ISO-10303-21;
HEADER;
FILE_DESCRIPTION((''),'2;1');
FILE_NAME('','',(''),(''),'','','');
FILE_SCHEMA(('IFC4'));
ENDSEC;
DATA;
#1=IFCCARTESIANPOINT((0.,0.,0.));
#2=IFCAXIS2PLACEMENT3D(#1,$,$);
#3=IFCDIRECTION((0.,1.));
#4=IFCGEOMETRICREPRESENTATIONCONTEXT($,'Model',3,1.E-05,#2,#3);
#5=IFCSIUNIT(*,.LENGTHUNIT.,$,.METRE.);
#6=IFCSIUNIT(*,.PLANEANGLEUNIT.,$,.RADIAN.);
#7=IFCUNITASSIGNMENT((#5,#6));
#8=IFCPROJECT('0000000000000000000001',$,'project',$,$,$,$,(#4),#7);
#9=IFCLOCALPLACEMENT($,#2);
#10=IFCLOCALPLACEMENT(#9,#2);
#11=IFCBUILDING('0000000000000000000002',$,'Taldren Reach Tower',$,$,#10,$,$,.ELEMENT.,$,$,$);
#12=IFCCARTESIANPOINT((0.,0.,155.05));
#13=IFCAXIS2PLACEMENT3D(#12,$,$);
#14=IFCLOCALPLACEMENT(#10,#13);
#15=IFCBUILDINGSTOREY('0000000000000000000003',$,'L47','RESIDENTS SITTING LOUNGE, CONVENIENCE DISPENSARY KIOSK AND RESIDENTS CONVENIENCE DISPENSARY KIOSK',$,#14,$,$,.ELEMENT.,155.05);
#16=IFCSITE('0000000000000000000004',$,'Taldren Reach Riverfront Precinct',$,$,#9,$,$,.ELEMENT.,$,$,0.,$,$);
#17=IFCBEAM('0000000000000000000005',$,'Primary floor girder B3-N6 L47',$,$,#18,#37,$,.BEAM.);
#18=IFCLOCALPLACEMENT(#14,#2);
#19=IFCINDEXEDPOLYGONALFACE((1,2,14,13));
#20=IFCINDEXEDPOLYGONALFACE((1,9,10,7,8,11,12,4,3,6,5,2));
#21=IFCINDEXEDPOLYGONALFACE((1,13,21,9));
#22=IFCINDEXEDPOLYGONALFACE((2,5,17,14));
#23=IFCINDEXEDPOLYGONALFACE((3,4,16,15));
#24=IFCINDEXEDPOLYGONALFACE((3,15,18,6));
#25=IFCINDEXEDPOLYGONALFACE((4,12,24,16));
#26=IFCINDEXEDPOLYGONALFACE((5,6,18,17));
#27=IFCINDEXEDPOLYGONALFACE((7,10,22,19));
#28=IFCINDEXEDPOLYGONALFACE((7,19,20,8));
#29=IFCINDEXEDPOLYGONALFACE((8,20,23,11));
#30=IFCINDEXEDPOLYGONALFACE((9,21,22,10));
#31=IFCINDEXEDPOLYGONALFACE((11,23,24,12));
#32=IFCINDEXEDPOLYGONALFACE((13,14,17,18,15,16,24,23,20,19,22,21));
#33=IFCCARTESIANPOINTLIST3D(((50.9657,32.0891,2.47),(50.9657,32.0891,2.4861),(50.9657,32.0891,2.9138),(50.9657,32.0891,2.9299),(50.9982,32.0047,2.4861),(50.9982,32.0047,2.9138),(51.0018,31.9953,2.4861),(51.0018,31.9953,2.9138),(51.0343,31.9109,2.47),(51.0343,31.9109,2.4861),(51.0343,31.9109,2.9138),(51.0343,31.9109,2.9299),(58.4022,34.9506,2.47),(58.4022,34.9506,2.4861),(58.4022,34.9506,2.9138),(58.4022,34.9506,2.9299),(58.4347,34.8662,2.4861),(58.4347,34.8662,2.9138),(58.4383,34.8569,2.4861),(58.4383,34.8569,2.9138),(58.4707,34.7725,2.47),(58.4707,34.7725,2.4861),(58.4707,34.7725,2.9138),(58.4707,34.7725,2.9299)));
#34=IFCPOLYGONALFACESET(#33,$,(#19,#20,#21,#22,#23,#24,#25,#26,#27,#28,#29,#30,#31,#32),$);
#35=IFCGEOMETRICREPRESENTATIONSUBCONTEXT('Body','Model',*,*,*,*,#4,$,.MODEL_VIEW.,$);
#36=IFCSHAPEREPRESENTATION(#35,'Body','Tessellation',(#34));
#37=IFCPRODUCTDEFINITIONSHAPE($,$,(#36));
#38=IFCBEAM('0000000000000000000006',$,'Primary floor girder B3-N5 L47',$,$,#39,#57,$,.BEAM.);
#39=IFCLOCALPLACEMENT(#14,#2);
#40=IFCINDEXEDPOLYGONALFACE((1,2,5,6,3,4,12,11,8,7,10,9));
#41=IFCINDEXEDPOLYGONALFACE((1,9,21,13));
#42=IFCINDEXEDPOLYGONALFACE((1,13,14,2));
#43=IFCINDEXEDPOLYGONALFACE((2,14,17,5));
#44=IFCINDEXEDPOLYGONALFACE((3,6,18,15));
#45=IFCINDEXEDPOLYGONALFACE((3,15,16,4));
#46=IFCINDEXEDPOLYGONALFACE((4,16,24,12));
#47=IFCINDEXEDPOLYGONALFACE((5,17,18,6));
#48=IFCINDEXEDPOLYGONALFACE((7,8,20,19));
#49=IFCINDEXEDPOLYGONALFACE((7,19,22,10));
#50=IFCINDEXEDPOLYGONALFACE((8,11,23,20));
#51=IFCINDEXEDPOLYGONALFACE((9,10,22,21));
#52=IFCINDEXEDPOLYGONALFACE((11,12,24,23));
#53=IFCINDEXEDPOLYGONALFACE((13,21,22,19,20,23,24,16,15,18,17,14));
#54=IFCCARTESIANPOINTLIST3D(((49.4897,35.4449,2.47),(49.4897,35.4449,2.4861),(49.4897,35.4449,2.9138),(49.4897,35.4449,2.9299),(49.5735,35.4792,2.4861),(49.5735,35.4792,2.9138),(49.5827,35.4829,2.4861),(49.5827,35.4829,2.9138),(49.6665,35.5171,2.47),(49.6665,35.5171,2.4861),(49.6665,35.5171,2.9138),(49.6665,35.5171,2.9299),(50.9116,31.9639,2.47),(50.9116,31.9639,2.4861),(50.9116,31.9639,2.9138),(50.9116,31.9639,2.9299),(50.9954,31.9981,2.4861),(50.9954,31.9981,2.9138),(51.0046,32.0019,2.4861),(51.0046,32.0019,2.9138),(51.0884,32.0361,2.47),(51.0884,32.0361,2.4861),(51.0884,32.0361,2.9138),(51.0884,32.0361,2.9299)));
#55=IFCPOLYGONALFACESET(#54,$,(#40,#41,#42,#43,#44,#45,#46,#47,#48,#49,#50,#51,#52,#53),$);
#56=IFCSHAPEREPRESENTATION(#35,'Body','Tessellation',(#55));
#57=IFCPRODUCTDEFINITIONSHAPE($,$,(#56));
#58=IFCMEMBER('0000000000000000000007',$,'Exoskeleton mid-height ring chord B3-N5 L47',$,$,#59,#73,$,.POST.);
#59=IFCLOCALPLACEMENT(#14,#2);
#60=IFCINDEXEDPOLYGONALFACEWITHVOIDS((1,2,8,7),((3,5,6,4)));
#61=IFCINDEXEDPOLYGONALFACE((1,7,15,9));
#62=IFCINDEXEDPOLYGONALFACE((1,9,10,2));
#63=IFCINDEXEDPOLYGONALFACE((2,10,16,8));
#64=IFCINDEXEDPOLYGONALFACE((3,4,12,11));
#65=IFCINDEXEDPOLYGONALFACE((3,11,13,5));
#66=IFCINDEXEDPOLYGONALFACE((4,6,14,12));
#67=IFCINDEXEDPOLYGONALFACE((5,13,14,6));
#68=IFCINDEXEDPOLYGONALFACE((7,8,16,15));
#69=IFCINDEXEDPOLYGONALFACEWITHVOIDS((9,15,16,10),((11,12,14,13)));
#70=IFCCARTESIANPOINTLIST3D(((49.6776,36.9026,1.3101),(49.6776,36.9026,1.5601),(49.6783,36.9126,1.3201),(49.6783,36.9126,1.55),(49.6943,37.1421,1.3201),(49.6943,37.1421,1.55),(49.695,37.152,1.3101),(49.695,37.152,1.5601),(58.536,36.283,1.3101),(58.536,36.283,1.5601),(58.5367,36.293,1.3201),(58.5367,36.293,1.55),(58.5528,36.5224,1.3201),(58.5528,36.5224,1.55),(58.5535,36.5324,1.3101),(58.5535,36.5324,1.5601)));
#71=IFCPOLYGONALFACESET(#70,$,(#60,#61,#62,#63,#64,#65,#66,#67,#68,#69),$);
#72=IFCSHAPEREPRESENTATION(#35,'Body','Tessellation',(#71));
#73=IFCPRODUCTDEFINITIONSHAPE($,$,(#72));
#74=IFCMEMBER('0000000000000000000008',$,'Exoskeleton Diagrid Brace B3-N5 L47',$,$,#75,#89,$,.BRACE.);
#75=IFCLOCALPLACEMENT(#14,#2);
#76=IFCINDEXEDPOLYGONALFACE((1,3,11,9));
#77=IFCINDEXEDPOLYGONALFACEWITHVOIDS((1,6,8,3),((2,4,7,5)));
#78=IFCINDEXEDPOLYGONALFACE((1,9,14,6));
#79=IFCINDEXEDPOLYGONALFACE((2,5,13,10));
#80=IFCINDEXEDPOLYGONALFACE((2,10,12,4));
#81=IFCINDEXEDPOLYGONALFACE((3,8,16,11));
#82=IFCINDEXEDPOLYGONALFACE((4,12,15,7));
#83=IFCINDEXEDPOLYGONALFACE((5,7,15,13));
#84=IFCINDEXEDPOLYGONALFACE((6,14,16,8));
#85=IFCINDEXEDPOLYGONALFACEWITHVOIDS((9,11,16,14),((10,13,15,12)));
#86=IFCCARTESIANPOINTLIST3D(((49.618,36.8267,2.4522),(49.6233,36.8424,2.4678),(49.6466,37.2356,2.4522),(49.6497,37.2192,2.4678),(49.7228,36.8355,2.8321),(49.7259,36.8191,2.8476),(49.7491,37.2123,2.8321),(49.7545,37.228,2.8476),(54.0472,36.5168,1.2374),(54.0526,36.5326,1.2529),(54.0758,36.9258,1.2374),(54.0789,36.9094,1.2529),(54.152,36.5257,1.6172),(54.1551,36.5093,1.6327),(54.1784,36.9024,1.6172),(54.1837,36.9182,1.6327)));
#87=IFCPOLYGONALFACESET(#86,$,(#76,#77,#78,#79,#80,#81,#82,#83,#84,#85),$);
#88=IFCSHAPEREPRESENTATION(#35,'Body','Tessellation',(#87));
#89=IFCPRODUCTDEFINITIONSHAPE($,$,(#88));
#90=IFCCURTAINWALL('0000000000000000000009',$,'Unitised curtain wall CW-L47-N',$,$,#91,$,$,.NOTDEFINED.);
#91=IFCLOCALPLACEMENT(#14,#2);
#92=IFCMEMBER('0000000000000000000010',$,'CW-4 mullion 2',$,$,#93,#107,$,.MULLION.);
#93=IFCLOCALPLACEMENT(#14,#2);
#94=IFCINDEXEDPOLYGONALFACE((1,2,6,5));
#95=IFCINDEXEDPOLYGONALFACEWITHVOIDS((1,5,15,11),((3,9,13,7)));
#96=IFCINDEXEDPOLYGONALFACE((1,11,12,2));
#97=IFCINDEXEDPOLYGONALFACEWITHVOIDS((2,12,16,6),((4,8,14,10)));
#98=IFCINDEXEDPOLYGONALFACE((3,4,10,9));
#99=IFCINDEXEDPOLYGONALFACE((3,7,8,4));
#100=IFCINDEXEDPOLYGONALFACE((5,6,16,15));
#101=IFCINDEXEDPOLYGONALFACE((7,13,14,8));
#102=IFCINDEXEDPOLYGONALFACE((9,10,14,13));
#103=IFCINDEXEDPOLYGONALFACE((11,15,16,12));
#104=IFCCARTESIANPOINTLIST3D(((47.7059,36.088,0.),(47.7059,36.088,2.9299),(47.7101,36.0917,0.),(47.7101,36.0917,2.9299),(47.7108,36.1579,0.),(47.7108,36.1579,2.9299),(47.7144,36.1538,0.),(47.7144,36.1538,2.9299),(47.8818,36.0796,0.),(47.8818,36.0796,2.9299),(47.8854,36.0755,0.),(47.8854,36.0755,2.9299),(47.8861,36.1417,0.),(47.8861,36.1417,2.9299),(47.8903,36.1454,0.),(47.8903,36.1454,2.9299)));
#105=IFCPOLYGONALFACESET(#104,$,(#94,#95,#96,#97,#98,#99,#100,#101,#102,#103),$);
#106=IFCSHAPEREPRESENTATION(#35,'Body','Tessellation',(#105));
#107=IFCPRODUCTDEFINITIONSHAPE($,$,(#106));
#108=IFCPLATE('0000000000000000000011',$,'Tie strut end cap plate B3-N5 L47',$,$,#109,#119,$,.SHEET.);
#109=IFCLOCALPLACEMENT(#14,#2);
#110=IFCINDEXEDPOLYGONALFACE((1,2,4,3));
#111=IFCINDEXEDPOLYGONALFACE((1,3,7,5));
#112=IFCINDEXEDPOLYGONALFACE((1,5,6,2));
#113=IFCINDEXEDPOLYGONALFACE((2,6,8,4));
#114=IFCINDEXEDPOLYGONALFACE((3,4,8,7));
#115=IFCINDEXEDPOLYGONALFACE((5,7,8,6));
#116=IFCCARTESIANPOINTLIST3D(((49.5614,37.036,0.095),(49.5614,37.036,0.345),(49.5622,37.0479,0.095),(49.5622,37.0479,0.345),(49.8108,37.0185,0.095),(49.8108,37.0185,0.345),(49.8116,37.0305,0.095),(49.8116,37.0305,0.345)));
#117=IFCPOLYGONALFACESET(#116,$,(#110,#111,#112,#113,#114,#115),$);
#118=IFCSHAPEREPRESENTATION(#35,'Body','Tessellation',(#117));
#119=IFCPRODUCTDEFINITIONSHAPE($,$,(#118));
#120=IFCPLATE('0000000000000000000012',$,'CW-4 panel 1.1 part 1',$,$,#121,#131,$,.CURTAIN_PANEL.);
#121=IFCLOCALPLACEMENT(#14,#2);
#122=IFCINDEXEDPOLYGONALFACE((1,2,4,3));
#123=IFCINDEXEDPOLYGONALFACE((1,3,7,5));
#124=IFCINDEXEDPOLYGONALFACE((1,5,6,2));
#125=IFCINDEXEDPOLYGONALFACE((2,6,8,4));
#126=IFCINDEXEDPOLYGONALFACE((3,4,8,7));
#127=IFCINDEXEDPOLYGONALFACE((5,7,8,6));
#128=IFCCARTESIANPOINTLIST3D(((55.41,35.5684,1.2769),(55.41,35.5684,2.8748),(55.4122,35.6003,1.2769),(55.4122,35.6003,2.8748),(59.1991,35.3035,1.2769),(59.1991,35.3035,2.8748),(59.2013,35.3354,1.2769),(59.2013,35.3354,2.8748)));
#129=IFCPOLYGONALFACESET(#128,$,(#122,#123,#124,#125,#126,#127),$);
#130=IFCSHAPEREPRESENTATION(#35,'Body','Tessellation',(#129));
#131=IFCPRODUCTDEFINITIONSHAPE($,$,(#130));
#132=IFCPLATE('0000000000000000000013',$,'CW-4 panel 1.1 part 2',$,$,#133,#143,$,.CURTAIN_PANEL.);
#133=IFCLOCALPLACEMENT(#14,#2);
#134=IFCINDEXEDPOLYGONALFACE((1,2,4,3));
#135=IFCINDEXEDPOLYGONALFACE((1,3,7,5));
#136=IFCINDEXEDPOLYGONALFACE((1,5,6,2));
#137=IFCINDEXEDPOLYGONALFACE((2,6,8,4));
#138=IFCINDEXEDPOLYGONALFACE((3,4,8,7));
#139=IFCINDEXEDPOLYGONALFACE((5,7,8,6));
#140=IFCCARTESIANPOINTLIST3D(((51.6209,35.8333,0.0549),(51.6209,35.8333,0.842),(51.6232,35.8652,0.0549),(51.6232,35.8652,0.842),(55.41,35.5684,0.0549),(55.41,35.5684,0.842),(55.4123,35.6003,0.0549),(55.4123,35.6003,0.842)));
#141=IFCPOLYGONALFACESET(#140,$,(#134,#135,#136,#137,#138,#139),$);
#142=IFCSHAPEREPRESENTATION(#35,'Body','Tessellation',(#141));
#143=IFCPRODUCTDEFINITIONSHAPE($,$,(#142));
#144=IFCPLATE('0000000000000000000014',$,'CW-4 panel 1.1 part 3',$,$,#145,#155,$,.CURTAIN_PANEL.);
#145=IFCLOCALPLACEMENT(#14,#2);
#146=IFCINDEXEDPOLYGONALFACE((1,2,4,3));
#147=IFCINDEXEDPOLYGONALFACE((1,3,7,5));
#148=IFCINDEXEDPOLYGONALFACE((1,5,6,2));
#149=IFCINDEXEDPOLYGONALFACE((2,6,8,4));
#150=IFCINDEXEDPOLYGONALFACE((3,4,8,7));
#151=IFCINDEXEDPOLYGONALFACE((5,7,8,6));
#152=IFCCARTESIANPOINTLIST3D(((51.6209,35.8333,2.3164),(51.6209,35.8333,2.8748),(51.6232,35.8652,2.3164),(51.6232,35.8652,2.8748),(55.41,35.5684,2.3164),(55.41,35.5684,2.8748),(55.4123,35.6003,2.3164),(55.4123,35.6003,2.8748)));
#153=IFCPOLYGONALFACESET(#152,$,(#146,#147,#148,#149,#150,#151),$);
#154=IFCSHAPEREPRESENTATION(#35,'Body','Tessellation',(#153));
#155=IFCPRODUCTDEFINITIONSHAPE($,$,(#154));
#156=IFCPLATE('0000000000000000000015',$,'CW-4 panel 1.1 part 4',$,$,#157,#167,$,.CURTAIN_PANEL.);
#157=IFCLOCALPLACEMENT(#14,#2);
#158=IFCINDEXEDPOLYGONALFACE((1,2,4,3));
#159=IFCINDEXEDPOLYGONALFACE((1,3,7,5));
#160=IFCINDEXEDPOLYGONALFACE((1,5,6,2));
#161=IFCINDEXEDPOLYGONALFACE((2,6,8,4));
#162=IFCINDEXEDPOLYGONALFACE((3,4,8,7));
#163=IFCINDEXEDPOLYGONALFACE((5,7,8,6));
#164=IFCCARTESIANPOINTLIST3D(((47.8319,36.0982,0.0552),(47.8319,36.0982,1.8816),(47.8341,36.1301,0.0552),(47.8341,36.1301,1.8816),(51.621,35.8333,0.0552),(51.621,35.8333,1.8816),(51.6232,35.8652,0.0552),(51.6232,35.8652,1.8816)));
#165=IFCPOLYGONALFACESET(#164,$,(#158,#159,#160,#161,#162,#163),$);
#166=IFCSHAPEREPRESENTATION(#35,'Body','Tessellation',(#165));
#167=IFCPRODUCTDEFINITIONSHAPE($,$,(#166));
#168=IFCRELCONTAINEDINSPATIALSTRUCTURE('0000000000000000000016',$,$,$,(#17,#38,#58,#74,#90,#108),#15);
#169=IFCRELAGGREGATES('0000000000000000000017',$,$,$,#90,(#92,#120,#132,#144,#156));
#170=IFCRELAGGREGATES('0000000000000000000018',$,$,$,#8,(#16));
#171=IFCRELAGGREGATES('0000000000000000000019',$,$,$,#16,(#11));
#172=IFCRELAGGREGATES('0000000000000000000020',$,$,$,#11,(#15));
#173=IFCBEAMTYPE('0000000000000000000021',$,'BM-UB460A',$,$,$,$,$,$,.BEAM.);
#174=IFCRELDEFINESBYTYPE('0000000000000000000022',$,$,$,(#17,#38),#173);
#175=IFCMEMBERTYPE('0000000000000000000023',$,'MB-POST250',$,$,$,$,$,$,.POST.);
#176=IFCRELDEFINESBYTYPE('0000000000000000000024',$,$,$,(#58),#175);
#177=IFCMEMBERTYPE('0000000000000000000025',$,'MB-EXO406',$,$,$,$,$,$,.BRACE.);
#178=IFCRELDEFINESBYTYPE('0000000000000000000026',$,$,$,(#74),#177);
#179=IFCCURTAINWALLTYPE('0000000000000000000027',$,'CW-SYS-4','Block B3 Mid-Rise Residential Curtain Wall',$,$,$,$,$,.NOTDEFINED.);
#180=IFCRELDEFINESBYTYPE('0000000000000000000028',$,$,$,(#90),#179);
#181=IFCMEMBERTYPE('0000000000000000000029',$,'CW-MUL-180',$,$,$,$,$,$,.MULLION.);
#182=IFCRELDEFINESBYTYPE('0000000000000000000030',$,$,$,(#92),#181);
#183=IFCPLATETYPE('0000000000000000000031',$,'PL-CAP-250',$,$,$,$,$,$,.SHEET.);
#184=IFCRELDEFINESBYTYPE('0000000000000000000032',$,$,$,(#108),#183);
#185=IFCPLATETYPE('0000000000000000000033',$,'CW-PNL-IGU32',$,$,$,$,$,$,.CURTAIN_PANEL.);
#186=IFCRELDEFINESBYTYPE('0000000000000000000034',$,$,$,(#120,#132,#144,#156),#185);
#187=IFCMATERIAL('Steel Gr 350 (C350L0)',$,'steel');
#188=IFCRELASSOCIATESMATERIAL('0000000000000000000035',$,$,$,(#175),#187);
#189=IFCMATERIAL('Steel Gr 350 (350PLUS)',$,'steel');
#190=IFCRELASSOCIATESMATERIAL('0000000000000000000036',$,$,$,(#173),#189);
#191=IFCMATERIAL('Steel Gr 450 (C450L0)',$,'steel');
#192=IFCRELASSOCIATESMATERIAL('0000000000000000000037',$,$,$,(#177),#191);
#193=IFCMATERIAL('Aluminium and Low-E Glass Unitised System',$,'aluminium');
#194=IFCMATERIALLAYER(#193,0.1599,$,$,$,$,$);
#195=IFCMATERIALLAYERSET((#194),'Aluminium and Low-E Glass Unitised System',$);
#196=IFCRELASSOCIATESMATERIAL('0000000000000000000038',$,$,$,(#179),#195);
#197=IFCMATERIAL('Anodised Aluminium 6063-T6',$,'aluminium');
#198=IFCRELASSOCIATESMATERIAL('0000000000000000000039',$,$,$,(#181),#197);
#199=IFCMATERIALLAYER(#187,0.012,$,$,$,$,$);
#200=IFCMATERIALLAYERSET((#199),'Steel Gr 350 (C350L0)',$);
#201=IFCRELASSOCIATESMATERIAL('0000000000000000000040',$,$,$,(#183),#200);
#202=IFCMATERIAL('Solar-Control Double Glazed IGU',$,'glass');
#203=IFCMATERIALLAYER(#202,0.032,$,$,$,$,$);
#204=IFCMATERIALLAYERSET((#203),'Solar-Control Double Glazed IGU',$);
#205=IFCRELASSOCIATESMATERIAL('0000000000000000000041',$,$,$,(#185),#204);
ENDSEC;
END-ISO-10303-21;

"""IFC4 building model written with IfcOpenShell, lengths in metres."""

from ifc_helpers import new_model, si_unit, direction, frame, origin, origin_2d, place, context, subcontext, project, spatial, rectangle, hollow_rectangle, i_section, extrude, source, transform, mapped, material, layer, layer_set, material_profile, profile_set, type_object, element, aggregate, save


model = new_model("IFC4")

# Units and contexts
model_context = context("Model", 3, precision=1e-05, world=origin(), true_north=direction((0.0, 1.0)))
body_context = subcontext(model_context, "Body", "Model", "MODEL_VIEW")
ifc_project = project(units=[si_unit("LENGTHUNIT", "METRE"), si_unit("PLANEANGLEUNIT", "RADIAN")], contexts=[model_context])

# Site, building, storey
site_placement = place(None, origin())
site = spatial("IfcSite", under=ifc_project, at=site_placement, Name="Taldren Reach Riverfront Precinct", CompositionType="ELEMENT", RefElevation=0.0)
building_placement = place(site_placement, origin())
building = spatial("IfcBuilding", under=site, at=building_placement, Name="Taldren Reach Tower", CompositionType="ELEMENT")
storey_placement = place(building_placement, frame((0.0, 0.0, 155.05)))
storey = spatial("IfcBuildingStorey", under=building, at=storey_placement, Name="L47", Description="RESIDENTS SITTING LOUNGE, CONVENIENCE DISPENSARY KIOSK AND RESIDENTS CONVENIENCE DISPENSARY KIOSK", CompositionType="ELEMENT", Elevation=155.05)

# Shared definitions
ifc_material_1 = material(Name="Steel Gr 450 (C450L0)", Category="steel")
ifc_material_2 = material(Name="Steel Gr 350 (350PLUS)", Category="steel")

# Shared definitions
ifc_material_3 = material(Name="Steel Gr 350 (C350L0)", Category="steel")
ifc_material_profile_1 = material_profile(ifc_material_3, hollow_rectangle(XDim=0.25, YDim=0.25, WallThickness=0.01, at=origin_2d()), Name="250x250x10.0SHS")
ifc_profile_set_1 = profile_set([ifc_material_profile_1], Name="Steel Gr 350 (C350L0)")
member_type_1 = type_object("IfcMemberType", Name="MB-POST250", PredefinedType="POST", material=ifc_profile_set_1)

# Beams
ifc_material_profile_2 = material_profile(ifc_material_2, i_section(OverallWidth=0.1909, OverallDepth=0.46, WebThickness=0.01, FlangeThickness=0.0161, at=origin_2d()), Name="460UB82.1")
ifc_profile_set_2 = profile_set([ifc_material_profile_2], Name="Steel Gr 350 (350PLUS)")
beam_type_1 = type_object("IfcBeamType", Name="BM-UB460A", PredefinedType="BEAM", material=ifc_profile_set_2)
shared_shape_1 = source(origin(), body_context, "Body", "SweptSolid", [
    extrude(i_section(OverallWidth=0.1909, OverallDepth=0.46, WebThickness=0.01, FlangeThickness=0.0161, at=origin_2d()), origin(), (0.0, 0.0, 1.0), 7.968),
])
beam_1_placement = place(storey_placement, frame((51.0, 32.0, 2.7), z_axis=(0.933288, 0.359129, 0.0), x_axis=(-0.359129, 0.933288, 0.0)))
element("IfcBeam", 1, at=beam_1_placement, inside=storey, type_object=beam_type_1, Name="Primary floor girder B3-N6 L47", PredefinedType="BEAM", context=body_context, shape_type="MappedRepresentation", body=[
    mapped(shared_shape_1, transform((0.0, 0.0, 0.0), scale=1.0)),
])
shared_shape_2 = source(origin(), body_context, "Body", "SweptSolid", [
    extrude(i_section(OverallWidth=0.1909, OverallDepth=0.46, WebThickness=0.01, FlangeThickness=0.0161, at=origin_2d()), origin(), (0.0, 0.0, 1.0), 3.7603),
])
beam_2_placement = place(storey_placement, frame((51.0, 32.0, 2.7), z_axis=(-0.378142, 0.925747, 0.0), x_axis=(-0.925747, -0.378142, 0.0)))
element("IfcBeam", 2, at=beam_2_placement, inside=storey, type_object=beam_type_1, Name="Primary floor girder B3-N5 L47", PredefinedType="BEAM", context=body_context, shape_type="MappedRepresentation", body=[
    mapped(shared_shape_2, transform((0.0, 0.0, 0.0), scale=1.0)),
])

# Members
shared_shape_3 = source(origin(), body_context, "Body", "SweptSolid", [
    extrude(hollow_rectangle(XDim=0.25, YDim=0.25, WallThickness=0.01, at=origin_2d()), origin(), (0.0, 0.0, 1.0), 8.8801),
])
member_1_placement = place(storey_placement, frame((49.6863, 37.0273, 1.4351), z_axis=(0.997563, -0.069778, 0.0), x_axis=(0.069778, 0.997563, 0.0)))
element("IfcMember", 3, at=member_1_placement, inside=storey, type_object=member_type_1, Name="Exoskeleton mid-height ring chord B3-N5 L47", PredefinedType="POST", context=body_context, shape_type="MappedRepresentation", body=[
    mapped(shared_shape_3, transform((0.0, 0.0, 0.0), scale=1.0)),
])
ifc_material_profile_3 = material_profile(ifc_material_1, hollow_rectangle(XDim=0.4099, YDim=0.4099, WallThickness=0.0161, at=origin_2d()), Name="410x410x16.0SHS")
ifc_profile_set_3 = profile_set([ifc_material_profile_3], Name="Steel Gr 450 (C450L0)")
member_type_2 = type_object("IfcMemberType", Name="MB-EXO406", PredefinedType="BRACE", material=ifc_profile_set_3)
shared_shape_4 = source(origin(), body_context, "Body", "SweptSolid", [
    extrude(hollow_rectangle(XDim=0.4099, YDim=0.4099, WallThickness=0.0161, at=origin_2d()), origin(), (0.0, 0.0, 1.0), 4.6033),
])
member_2_placement = place(storey_placement, frame((54.1155, 36.7175, 1.4351), z_axis=(-0.962196, 0.067304, 0.263912), x_axis=(-0.069778, -0.997563, 0.0)))
element("IfcMember", 4, at=member_2_placement, inside=storey, type_object=member_type_2, Name="Exoskeleton Diagrid Brace B3-N5 L47", PredefinedType="BRACE", context=body_context, shape_type="MappedRepresentation", body=[
    mapped(shared_shape_4, transform((0.0, 0.0, 0.0), scale=1.0)),
])

# Curtain wall, member
ifc_material_4 = material(Name="Aluminium and Low-E Glass Unitised System", Category="aluminium")
ifc_layer_1 = layer(ifc_material_4, 0.1599)
ifc_layer_set_1 = layer_set([ifc_layer_1], Name="Aluminium and Low-E Glass Unitised System")
curtain_wall_type = type_object("IfcCurtainWallType", Name="CW-SYS-4", Description="Block B3 Mid-Rise Residential Curtain Wall", PredefinedType="NOTDEFINED", material=ifc_layer_set_1)
curtain_wall_placement = place(storey_placement, origin())
curtain_wall = element("IfcCurtainWall", 5, at=curtain_wall_placement, inside=storey, type_object=curtain_wall_type, Name="Unitised curtain wall CW-L47-N", PredefinedType="NOTDEFINED")
ifc_material_5 = material(Name="Anodised Aluminium 6063-T6", Category="aluminium")
ifc_material_profile_4 = material_profile(ifc_material_5, hollow_rectangle(XDim=0.0701, YDim=0.1799, WallThickness=0.0039, at=origin_2d()), Name="ALU-180x70x4RHS")
ifc_profile_set_4 = profile_set([ifc_material_profile_4], Name="Anodised Aluminium 6063-T6")
member_type_3 = type_object("IfcMemberType", Name="CW-MUL-180", PredefinedType="MULLION", material=ifc_profile_set_4)
shared_shape_5 = source(origin(), body_context, "Body", "SweptSolid", [
    extrude(hollow_rectangle(XDim=0.0701, YDim=0.1799, WallThickness=0.0039, at=origin_2d()), origin(), (0.0, 0.0, 1.0), 2.9299),
])
member_3_placement = place(storey_placement, frame((47.7981, 36.1167, 0.0), z_axis=(0.0, 0.0, 1.0), x_axis=(-0.069757, -0.997564, 0.0)))
member_3 = element("IfcMember", 6, at=member_3_placement, type_object=member_type_3, Name="CW-4 mullion 2", PredefinedType="MULLION", context=body_context, shape_type="MappedRepresentation", body=[
    mapped(shared_shape_5, transform((0.0, 0.0, 0.0), scale=1.0)),
])

# Plates
ifc_layer_2 = layer(ifc_material_3, 0.012)
ifc_layer_set_2 = layer_set([ifc_layer_2], Name="Steel Gr 350 (C350L0)")
plate_type_1 = type_object("IfcPlateType", Name="PL-CAP-250", PredefinedType="SHEET", material=ifc_layer_set_2)
shared_shape_6 = source(origin(), body_context, "Body", "SweptSolid", [
    extrude(rectangle(XDim=0.25, YDim=0.012, at=origin_2d()), origin(), (0.0, 0.0, 1.0), 0.25),
])
plate_1_placement = place(storey_placement, frame((49.6865, 37.0332, 0.095), z_axis=(0.0, 0.0, 1.0), x_axis=(0.997564, -0.069756, 0.0)))
element("IfcPlate", 7, at=plate_1_placement, inside=storey, type_object=plate_type_1, Name="Tie strut end cap plate B3-N5 L47", PredefinedType="SHEET", context=body_context, shape_type="MappedRepresentation", body=[
    mapped(shared_shape_6, transform((0.0, 0.0, 0.0), scale=1.0)),
])
ifc_material_6 = material(Name="Solar-Control Double Glazed IGU", Category="glass")
ifc_layer_3 = layer(ifc_material_6, 0.032)
ifc_layer_set_3 = layer_set([ifc_layer_3], Name="Solar-Control Double Glazed IGU")
plate_type_2 = type_object("IfcPlateType", Name="CW-PNL-IGU32", PredefinedType="CURTAIN_PANEL", material=ifc_layer_set_3)
shared_shape_7 = source(origin(), body_context, "Body", "SweptSolid", [
    extrude(rectangle(XDim=3.7983, YDim=0.032, at=origin_2d()), origin(), (0.0, 0.0, 1.0), 1.5979),
])
plate_2_placement = place(storey_placement, frame((57.3057, 35.4519, 1.2769), z_axis=(0.0, 0.0, 1.0), x_axis=(-0.997564, 0.069757, 0.0)))
plate_2 = element("IfcPlate", 8, at=plate_2_placement, type_object=plate_type_2, Name="CW-4 panel 1.1 part 1", PredefinedType="CURTAIN_PANEL", context=body_context, shape_type="MappedRepresentation", body=[
    mapped(shared_shape_7, transform((0.0, 0.0, 0.0), scale=1.0)),
])
shared_shape_8 = source(origin(), body_context, "Body", "SweptSolid", [
    extrude(rectangle(XDim=3.7983, YDim=0.032, at=origin_2d()), origin(), (0.0, 0.0, 1.0), 0.7871),
])
plate_3_placement = place(storey_placement, frame((53.5166, 35.7168, 0.0549), z_axis=(0.0, 0.0, 1.0), x_axis=(-0.997564, 0.069757, 0.0)))
plate_3 = element("IfcPlate", 9, at=plate_3_placement, type_object=plate_type_2, Name="CW-4 panel 1.1 part 2", PredefinedType="CURTAIN_PANEL", context=body_context, shape_type="MappedRepresentation", body=[
    mapped(shared_shape_8, transform((0.0, 0.0, 0.0), scale=1.0)),
])
shared_shape_9 = source(origin(), body_context, "Body", "SweptSolid", [
    extrude(rectangle(XDim=3.7983, YDim=0.032, at=origin_2d()), origin(), (0.0, 0.0, 1.0), 0.5583),
])
plate_4_placement = place(storey_placement, frame((53.5166, 35.7168, 2.3164), z_axis=(0.0, 0.0, 1.0), x_axis=(-0.997564, 0.069757, 0.0)))
plate_4 = element("IfcPlate", 10, at=plate_4_placement, type_object=plate_type_2, Name="CW-4 panel 1.1 part 3", PredefinedType="CURTAIN_PANEL", context=body_context, shape_type="MappedRepresentation", body=[
    mapped(shared_shape_9, transform((0.0, 0.0, 0.0), scale=1.0)),
])
shared_shape_10 = source(origin(), body_context, "Body", "SweptSolid", [
    extrude(rectangle(XDim=3.7983, YDim=0.032, at=origin_2d()), origin(), (0.0, 0.0, 1.0), 1.8264),
])
plate_5_placement = place(storey_placement, frame((49.7275, 35.9817, 0.0552), z_axis=(0.0, 0.0, 1.0), x_axis=(-0.997564, 0.069757, 0.0)))
plate_5 = element("IfcPlate", 11, at=plate_5_placement, type_object=plate_type_2, Name="CW-4 panel 1.1 part 4", PredefinedType="CURTAIN_PANEL", context=body_context, shape_type="MappedRepresentation", body=[
    mapped(shared_shape_10, transform((0.0, 0.0, 0.0), scale=1.0)),
])
aggregate(curtain_wall, [member_3, plate_2, plate_3, plate_4, plate_5])

save(model, "model.ifc")
